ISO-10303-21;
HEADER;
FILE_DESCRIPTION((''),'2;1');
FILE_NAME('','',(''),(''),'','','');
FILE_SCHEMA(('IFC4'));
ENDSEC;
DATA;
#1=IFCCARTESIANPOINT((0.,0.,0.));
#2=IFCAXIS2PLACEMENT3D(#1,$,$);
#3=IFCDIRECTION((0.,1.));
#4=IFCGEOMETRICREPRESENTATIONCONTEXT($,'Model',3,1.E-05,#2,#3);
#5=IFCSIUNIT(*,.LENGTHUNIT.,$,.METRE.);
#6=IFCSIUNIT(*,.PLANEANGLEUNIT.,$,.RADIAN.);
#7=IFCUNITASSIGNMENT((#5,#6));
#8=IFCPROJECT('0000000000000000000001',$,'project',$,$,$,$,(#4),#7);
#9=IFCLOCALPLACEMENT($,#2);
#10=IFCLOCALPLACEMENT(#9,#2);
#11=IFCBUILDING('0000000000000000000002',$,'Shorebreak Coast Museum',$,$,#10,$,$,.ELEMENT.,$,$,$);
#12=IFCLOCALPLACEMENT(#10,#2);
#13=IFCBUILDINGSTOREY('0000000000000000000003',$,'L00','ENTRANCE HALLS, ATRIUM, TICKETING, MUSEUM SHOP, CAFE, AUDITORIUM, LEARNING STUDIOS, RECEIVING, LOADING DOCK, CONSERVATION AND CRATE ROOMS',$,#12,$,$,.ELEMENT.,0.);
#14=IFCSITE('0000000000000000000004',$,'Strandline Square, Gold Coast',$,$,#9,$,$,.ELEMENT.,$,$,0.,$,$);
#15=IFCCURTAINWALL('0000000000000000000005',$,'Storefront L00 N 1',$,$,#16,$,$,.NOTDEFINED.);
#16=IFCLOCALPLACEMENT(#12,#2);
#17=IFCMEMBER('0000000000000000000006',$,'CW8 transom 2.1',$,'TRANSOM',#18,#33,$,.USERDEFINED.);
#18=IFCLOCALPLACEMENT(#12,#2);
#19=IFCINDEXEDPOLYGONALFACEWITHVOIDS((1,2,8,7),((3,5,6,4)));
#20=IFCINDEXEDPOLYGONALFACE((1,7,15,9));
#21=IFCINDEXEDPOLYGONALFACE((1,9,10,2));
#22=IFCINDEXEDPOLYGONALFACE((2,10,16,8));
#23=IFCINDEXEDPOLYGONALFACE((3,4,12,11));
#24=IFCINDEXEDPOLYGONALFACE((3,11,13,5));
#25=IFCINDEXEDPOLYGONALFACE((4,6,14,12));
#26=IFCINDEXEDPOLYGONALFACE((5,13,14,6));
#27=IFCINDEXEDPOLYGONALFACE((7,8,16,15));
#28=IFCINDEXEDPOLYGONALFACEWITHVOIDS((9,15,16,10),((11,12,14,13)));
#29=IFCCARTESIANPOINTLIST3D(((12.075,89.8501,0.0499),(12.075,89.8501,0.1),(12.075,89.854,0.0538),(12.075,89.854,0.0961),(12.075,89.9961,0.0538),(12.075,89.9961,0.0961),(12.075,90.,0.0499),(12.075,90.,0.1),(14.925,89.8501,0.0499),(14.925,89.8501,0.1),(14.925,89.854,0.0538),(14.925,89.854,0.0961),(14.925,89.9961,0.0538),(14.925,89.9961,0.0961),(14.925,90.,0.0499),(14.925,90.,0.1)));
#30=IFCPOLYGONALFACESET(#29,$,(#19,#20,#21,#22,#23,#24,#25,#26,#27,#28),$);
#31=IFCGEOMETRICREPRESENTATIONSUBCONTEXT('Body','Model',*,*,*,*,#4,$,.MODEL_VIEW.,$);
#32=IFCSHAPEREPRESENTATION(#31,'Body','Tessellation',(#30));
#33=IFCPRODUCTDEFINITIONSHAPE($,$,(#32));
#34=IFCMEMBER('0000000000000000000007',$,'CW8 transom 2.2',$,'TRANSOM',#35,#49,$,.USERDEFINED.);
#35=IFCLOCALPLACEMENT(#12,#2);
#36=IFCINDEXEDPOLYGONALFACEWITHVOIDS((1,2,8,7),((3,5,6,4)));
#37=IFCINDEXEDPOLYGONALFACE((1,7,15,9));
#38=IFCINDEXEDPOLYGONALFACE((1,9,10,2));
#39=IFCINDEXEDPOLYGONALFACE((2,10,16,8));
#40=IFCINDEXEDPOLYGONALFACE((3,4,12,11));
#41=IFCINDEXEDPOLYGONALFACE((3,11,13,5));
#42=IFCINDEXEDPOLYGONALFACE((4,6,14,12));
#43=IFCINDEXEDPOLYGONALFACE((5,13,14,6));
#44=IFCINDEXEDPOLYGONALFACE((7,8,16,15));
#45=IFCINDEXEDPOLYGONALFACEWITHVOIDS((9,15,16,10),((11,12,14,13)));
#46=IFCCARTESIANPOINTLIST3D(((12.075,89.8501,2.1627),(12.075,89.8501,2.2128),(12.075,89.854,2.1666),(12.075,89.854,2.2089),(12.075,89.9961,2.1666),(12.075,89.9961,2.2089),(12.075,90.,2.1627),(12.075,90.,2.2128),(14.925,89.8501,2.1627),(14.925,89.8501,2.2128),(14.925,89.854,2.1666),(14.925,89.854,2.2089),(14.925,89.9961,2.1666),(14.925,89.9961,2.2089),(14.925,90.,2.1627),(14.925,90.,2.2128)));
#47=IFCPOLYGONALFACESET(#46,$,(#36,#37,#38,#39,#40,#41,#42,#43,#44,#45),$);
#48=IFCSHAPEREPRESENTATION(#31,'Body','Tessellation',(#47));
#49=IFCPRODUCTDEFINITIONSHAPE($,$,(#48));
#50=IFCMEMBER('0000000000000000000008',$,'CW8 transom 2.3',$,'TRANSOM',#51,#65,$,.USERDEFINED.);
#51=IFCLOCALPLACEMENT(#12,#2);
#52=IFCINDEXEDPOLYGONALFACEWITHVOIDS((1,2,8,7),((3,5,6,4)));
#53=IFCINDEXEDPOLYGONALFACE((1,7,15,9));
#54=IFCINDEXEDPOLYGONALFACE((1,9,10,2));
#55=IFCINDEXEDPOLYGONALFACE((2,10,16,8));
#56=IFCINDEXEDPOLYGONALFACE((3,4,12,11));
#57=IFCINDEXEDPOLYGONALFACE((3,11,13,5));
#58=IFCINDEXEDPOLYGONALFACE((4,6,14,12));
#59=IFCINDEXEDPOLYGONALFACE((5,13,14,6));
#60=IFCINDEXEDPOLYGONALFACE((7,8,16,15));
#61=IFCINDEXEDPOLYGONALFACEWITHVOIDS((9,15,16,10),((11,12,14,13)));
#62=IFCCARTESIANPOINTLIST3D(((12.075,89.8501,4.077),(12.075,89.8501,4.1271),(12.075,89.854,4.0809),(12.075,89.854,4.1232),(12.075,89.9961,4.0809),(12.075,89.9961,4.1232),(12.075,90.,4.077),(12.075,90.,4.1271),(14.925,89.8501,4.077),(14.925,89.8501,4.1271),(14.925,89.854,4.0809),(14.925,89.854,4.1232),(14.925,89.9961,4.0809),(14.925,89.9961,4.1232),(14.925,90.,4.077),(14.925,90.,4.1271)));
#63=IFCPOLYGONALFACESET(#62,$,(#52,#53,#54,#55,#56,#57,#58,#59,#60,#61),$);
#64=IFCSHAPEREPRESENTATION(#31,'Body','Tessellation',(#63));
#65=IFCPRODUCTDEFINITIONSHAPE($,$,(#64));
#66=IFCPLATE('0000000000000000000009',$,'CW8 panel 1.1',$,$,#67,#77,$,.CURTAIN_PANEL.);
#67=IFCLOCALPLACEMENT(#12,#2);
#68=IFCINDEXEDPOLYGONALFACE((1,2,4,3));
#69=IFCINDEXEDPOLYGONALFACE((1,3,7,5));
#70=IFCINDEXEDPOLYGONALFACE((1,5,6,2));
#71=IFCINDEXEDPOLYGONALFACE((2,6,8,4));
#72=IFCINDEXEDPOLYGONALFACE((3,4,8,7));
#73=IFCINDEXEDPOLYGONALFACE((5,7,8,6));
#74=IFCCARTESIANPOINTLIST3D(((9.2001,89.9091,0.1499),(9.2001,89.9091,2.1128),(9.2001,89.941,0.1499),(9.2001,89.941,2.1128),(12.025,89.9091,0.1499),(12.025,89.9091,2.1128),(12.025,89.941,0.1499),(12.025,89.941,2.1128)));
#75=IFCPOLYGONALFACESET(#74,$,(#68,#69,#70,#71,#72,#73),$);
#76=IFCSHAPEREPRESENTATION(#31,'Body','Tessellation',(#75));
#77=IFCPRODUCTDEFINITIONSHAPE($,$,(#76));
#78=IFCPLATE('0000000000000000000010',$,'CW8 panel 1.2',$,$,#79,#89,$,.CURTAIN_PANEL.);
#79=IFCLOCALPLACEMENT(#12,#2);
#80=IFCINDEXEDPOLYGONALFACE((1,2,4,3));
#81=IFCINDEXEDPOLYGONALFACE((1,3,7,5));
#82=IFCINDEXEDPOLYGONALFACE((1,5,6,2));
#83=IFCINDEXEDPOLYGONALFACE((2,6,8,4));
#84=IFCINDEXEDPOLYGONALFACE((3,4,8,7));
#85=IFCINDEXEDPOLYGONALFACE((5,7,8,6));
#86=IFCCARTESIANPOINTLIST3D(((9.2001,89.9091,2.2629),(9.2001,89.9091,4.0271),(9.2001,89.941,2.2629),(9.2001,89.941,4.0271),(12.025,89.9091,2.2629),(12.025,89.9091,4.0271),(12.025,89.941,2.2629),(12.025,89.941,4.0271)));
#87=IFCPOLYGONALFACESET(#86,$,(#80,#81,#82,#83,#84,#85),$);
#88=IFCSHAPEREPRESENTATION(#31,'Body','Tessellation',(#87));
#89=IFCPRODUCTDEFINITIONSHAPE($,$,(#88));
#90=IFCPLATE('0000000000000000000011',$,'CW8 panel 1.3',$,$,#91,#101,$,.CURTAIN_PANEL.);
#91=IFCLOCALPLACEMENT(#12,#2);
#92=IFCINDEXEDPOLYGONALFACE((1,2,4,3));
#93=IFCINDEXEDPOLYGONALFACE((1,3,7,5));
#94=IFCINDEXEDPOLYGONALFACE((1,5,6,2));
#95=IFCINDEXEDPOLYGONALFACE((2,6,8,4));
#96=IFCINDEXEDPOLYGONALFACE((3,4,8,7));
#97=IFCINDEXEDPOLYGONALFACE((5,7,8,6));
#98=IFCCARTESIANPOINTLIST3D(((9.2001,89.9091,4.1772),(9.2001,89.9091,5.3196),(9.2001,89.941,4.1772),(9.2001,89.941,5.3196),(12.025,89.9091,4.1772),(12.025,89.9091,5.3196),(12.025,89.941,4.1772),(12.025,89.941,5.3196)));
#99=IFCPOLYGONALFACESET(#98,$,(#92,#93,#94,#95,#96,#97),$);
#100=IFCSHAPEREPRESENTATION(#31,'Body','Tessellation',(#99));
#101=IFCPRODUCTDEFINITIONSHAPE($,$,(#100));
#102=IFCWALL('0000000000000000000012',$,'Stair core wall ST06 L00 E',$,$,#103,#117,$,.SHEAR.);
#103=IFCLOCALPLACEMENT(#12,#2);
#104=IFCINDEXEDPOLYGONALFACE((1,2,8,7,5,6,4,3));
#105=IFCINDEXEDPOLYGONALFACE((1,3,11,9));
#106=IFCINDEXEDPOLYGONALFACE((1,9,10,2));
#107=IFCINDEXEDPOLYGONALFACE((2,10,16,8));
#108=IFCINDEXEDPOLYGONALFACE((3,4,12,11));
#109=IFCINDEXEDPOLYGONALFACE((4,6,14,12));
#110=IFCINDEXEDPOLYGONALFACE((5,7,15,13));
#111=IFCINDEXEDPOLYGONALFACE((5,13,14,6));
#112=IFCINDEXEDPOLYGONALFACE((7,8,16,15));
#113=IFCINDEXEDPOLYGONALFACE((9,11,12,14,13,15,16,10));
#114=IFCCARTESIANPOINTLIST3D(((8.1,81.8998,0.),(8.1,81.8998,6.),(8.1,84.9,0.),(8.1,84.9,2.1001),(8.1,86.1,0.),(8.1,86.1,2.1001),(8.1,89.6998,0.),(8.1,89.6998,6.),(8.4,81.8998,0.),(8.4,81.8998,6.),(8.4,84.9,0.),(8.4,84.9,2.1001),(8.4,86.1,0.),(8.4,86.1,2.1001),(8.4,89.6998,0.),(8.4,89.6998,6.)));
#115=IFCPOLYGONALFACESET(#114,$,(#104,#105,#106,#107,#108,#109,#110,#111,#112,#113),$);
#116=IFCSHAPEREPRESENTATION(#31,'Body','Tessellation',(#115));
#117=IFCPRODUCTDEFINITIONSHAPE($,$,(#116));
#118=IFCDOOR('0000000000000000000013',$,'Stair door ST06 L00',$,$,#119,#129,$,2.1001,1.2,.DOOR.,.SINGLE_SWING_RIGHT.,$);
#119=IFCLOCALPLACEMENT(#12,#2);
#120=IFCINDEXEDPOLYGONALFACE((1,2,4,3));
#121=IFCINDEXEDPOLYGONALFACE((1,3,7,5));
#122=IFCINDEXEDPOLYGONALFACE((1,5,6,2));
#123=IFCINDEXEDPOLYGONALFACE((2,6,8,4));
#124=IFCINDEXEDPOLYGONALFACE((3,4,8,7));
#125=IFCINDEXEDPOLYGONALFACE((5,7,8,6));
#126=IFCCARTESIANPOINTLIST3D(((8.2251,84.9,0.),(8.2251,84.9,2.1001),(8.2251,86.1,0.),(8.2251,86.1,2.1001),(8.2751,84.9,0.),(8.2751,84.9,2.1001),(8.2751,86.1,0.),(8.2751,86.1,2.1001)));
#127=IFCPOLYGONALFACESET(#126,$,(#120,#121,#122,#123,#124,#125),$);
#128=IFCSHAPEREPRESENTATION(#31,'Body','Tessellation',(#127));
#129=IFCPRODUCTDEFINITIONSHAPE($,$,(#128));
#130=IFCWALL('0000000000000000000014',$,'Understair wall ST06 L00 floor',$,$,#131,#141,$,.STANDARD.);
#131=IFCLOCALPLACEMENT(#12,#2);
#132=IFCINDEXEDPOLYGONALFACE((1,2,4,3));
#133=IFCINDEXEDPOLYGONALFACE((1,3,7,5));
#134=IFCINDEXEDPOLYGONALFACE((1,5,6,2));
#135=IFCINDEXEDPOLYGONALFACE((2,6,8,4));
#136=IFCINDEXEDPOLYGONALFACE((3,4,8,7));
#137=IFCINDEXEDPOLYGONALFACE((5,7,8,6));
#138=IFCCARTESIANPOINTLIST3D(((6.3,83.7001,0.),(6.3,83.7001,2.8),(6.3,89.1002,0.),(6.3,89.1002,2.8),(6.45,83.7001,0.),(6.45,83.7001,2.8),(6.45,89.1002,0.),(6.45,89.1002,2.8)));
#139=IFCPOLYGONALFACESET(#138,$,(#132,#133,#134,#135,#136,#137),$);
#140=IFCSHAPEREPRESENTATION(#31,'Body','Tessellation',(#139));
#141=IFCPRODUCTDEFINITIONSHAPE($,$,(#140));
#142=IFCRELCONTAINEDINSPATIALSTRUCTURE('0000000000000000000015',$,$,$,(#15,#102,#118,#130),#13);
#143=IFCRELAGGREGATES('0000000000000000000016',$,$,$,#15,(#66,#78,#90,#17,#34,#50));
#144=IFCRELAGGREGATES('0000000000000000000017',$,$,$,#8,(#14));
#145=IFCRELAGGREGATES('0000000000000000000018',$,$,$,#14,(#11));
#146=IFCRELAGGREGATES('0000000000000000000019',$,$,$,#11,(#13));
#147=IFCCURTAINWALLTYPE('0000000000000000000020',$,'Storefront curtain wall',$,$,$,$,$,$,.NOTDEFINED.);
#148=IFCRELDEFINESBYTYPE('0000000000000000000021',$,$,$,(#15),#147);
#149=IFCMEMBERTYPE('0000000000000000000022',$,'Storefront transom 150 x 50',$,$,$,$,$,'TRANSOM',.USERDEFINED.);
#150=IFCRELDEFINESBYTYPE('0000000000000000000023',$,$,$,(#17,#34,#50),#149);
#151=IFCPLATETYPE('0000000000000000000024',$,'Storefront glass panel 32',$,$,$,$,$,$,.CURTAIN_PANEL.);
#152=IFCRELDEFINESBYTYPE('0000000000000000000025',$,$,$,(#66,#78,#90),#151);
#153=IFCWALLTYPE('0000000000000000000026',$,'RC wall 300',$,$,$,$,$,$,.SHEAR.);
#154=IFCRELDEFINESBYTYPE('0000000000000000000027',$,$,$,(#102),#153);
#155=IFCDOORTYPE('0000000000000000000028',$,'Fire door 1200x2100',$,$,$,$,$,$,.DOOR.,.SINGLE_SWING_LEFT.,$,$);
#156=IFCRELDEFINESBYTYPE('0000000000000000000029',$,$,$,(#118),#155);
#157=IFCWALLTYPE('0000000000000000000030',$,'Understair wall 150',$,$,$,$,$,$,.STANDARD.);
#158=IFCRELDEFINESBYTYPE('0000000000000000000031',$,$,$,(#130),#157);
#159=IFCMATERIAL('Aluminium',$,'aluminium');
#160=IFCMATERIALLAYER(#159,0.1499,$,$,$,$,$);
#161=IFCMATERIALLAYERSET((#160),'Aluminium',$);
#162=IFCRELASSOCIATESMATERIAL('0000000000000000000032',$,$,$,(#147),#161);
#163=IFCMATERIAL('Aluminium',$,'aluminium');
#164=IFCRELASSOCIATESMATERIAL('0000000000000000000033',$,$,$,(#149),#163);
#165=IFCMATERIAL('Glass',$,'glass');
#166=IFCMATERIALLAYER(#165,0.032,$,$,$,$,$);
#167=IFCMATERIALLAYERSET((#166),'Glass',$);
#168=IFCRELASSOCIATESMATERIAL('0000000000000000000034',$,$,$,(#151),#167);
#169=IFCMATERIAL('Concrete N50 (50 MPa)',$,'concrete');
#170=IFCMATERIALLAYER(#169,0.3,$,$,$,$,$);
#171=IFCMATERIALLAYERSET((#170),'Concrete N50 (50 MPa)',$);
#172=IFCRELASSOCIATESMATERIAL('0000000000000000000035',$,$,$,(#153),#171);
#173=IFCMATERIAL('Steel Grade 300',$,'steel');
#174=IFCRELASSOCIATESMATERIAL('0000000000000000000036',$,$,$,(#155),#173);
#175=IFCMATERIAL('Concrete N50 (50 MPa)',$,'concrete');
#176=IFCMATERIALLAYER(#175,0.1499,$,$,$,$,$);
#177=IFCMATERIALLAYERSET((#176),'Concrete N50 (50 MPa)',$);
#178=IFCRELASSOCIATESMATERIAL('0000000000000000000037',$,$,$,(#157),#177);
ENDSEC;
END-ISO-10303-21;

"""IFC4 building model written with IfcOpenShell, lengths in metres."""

from ifc_helpers import new_model, si_unit, direction, frame, frame_2d, origin, origin_2d, place, context, subcontext, project, spatial, rectangle, hollow_rectangle, extrude, material, layer, layer_set, material_profile, profile_set, type_object, element, fill, aggregate, save


model = new_model("IFC4")

# Units and contexts
model_context = context("Model", 3, precision=1e-05, world=origin(), true_north=direction((0.0, 1.0)))
body_context = subcontext(model_context, "Body", "Model", "MODEL_VIEW")
ifc_project = project(units=[si_unit("LENGTHUNIT", "METRE"), si_unit("PLANEANGLEUNIT", "RADIAN")], contexts=[model_context])

# Site, building, storey
site_placement = place(None, origin())
site = spatial("IfcSite", under=ifc_project, at=site_placement, Name="Strandline Square, Gold Coast", CompositionType="ELEMENT", RefElevation=0.0)
building_placement = place(site_placement, origin())
building = spatial("IfcBuilding", under=site, at=building_placement, Name="Shorebreak Coast Museum", CompositionType="ELEMENT")
storey_placement = place(building_placement, origin())
storey = spatial("IfcBuildingStorey", under=building, at=storey_placement, Name="L00", Description="ENTRANCE HALLS, ATRIUM, TICKETING, MUSEUM SHOP, CAFE, AUDITORIUM, LEARNING STUDIOS, RECEIVING, LOADING DOCK, CONSERVATION AND CRATE ROOMS", CompositionType="ELEMENT", Elevation=0.0)

# Curtain wall, members, plates
ifc_material_1 = material(Name="Aluminium", Category="aluminium")
ifc_layer_1 = layer(ifc_material_1, 0.1499)
ifc_layer_set_1 = layer_set([ifc_layer_1], Name="Aluminium")
curtain_wall_type = type_object("IfcCurtainWallType", Name="Storefront curtain wall", PredefinedType="NOTDEFINED", material=ifc_layer_set_1)
curtain_wall_placement = place(storey_placement, origin())
curtain_wall = element("IfcCurtainWall", 1, at=curtain_wall_placement, inside=storey, type_object=curtain_wall_type, Name="Storefront L00 N 1", PredefinedType="NOTDEFINED")
ifc_material_2 = material(Name="Aluminium", Category="aluminium")
ifc_material_profile_1 = material_profile(ifc_material_2, hollow_rectangle(XDim=0.1499, YDim=0.05, WallThickness=0.0039, at=origin_2d()), Name="AL 50x150 RHS")
ifc_profile_set_1 = profile_set([ifc_material_profile_1], Name="Aluminium")
member_type_1 = type_object("IfcMemberType", Name="Storefront transom 150 x 50", ElementType="TRANSOM", PredefinedType="USERDEFINED", material=ifc_profile_set_1)
member_1_placement = place(storey_placement, frame((12.075, 89.925, 0.075), z_axis=(1.0, 0.0, 0.0), x_axis=(0.0, 1.0, 0.0)))
member_1 = element("IfcMember", 2, at=member_1_placement, type_object=member_type_1, Name="CW8 transom 2.1", ObjectType="TRANSOM", PredefinedType="USERDEFINED", context=body_context, shape_type="SweptSolid", body=[
    extrude(hollow_rectangle(XDim=0.1499, YDim=0.05, WallThickness=0.0039, at=origin_2d()), origin(), (0.0, 0.0, 1.0), 2.8501),
])
member_2_placement = place(storey_placement, frame((12.075, 89.925, 2.1877), z_axis=(1.0, 0.0, 0.0), x_axis=(0.0, 1.0, 0.0)))
member_2 = element("IfcMember", 3, at=member_2_placement, type_object=member_type_1, Name="CW8 transom 2.2", ObjectType="TRANSOM", PredefinedType="USERDEFINED", context=body_context, shape_type="SweptSolid", body=[
    extrude(hollow_rectangle(XDim=0.1499, YDim=0.05, WallThickness=0.0039, at=origin_2d()), origin(), (0.0, 0.0, 1.0), 2.8501),
])
member_3_placement = place(storey_placement, frame((12.075, 89.925, 4.1021), z_axis=(1.0, 0.0, 0.0), x_axis=(0.0, 1.0, 0.0)))
member_3 = element("IfcMember", 4, at=member_3_placement, type_object=member_type_1, Name="CW8 transom 2.3", ObjectType="TRANSOM", PredefinedType="USERDEFINED", context=body_context, shape_type="SweptSolid", body=[
    extrude(hollow_rectangle(XDim=0.1499, YDim=0.05, WallThickness=0.0039, at=origin_2d()), origin(), (0.0, 0.0, 1.0), 2.8501),
])
ifc_material_3 = material(Name="Glass", Category="glass")
ifc_layer_2 = layer(ifc_material_3, 0.032)
ifc_layer_set_2 = layer_set([ifc_layer_2], Name="Glass")
plate_type = type_object("IfcPlateType", Name="Storefront glass panel 32", PredefinedType="CURTAIN_PANEL", material=ifc_layer_set_2)
plate_1_placement = place(storey_placement, frame((10.6125, 89.925, 0.1499), z_axis=(0.0, 0.0, 1.0), x_axis=(1.0, 0.0, 0.0)))
plate_1 = element("IfcPlate", 5, at=plate_1_placement, type_object=plate_type, Name="CW8 panel 1.1", PredefinedType="CURTAIN_PANEL", context=body_context, shape_type="SweptSolid", body=[
    extrude(rectangle(XDim=2.825, YDim=0.032, at=origin_2d()), origin(), (0.0, 0.0, 1.0), 1.9629),
])
plate_2_placement = place(storey_placement, frame((10.6125, 89.925, 2.2629), z_axis=(0.0, 0.0, 1.0), x_axis=(1.0, 0.0, 0.0)))
plate_2 = element("IfcPlate", 6, at=plate_2_placement, type_object=plate_type, Name="CW8 panel 1.2", PredefinedType="CURTAIN_PANEL", context=body_context, shape_type="SweptSolid", body=[
    extrude(rectangle(XDim=2.825, YDim=0.032, at=origin_2d()), origin(), (0.0, 0.0, 1.0), 1.7642),
])
plate_3_placement = place(storey_placement, frame((10.6125, 89.925, 4.1772), z_axis=(0.0, 0.0, 1.0), x_axis=(1.0, 0.0, 0.0)))
plate_3 = element("IfcPlate", 7, at=plate_3_placement, type_object=plate_type, Name="CW8 panel 1.3", PredefinedType="CURTAIN_PANEL", context=body_context, shape_type="SweptSolid", body=[
    extrude(rectangle(XDim=2.825, YDim=0.032, at=origin_2d()), origin(), (0.0, 0.0, 1.0), 1.1423),
])
aggregate(curtain_wall, [plate_1, plate_2, plate_3, member_1, member_2, member_3])

# Wall, opening, door
ifc_material_4 = material(Name="Concrete N50 (50 MPa)", Category="concrete")
ifc_layer_3 = layer(ifc_material_4, 0.3)
ifc_layer_set_3 = layer_set([ifc_layer_3], Name="Concrete N50 (50 MPa)")
wall_type_1 = type_object("IfcWallType", Name="RC wall 300", PredefinedType="SHEAR", material=ifc_layer_set_3)
wall_1_placement = place(storey_placement, frame((8.25, 81.8999, 0.0), z_axis=(0.0, 0.0, 1.0), x_axis=(0.0, 1.0, 0.0)))
wall_1 = element("IfcWall", 8, at=wall_1_placement, inside=storey, type_object=wall_type_1, Name="Stair core wall ST06 L00 E", PredefinedType="SHEAR", context=body_context, shape_type="SweptSolid", body=[
    extrude(rectangle(XDim=7.8, YDim=0.3, at=frame_2d((3.8999, 0.0))), origin(), (0.0, 0.0, 1.0), 6.0),
])
opening_placement = place(wall_1_placement, frame((3.0, 0.0, 0.0)))
opening = element("IfcOpeningElement", 9, at=opening_placement, cuts=wall_1, PredefinedType="OPENING", context=body_context, shape_type="SweptSolid", body=[
    extrude(rectangle(XDim=1.2, YDim=2.1001, at=frame_2d((0.6001, 1.05))), frame((0.0, 0.1599, 0.0), z_axis=(0.0, -1.0, 0.0), x_axis=(1.0, 0.0, 0.0)), (0.0, 0.0, 1.0), 0.3201),
])
ifc_material_5 = material(Name="Steel Grade 300", Category="steel")
door_type = type_object("IfcDoorType", Name="Fire door 1200x2100", OperationType="SINGLE_SWING_LEFT", PredefinedType="DOOR", material=ifc_material_5)
door_placement = place(opening_placement, origin())
door = element("IfcDoor", 10, at=door_placement, inside=storey, type_object=door_type, Name="Stair door ST06 L00", OperationType="SINGLE_SWING_RIGHT", OverallHeight=2.1001, OverallWidth=1.2, PredefinedType="DOOR", context=body_context, shape_type="SweptSolid", body=[
    extrude(rectangle(XDim=1.2, YDim=2.1001, at=frame_2d((0.6001, 1.05))), frame((0.0, 0.0249, 0.0), z_axis=(0.0, -1.0, 0.0), x_axis=(1.0, 0.0, 0.0)), (0.0, 0.0, 1.0), 0.05),
])
fill(opening, door)

# Wall
ifc_material_6 = material(Name="Concrete N50 (50 MPa)", Category="concrete")
ifc_layer_4 = layer(ifc_material_6, 0.1499)
ifc_layer_set_4 = layer_set([ifc_layer_4], Name="Concrete N50 (50 MPa)")
wall_type_2 = type_object("IfcWallType", Name="Understair wall 150", PredefinedType="STANDARD", material=ifc_layer_set_4)
wall_2_placement = place(storey_placement, frame((6.375, 83.7, 0.0), z_axis=(0.0, 0.0, 1.0), x_axis=(0.0, 1.0, 0.0)))
element("IfcWall", 11, at=wall_2_placement, inside=storey, type_object=wall_type_2, Name="Understair wall ST06 L00 floor", PredefinedType="STANDARD", context=body_context, shape_type="SweptSolid", body=[
    extrude(rectangle(XDim=5.4001, YDim=0.1499, at=frame_2d((2.7002, 0.0))), origin(), (0.0, 0.0, 1.0), 2.8),
])

save(model, "model.ifc")
